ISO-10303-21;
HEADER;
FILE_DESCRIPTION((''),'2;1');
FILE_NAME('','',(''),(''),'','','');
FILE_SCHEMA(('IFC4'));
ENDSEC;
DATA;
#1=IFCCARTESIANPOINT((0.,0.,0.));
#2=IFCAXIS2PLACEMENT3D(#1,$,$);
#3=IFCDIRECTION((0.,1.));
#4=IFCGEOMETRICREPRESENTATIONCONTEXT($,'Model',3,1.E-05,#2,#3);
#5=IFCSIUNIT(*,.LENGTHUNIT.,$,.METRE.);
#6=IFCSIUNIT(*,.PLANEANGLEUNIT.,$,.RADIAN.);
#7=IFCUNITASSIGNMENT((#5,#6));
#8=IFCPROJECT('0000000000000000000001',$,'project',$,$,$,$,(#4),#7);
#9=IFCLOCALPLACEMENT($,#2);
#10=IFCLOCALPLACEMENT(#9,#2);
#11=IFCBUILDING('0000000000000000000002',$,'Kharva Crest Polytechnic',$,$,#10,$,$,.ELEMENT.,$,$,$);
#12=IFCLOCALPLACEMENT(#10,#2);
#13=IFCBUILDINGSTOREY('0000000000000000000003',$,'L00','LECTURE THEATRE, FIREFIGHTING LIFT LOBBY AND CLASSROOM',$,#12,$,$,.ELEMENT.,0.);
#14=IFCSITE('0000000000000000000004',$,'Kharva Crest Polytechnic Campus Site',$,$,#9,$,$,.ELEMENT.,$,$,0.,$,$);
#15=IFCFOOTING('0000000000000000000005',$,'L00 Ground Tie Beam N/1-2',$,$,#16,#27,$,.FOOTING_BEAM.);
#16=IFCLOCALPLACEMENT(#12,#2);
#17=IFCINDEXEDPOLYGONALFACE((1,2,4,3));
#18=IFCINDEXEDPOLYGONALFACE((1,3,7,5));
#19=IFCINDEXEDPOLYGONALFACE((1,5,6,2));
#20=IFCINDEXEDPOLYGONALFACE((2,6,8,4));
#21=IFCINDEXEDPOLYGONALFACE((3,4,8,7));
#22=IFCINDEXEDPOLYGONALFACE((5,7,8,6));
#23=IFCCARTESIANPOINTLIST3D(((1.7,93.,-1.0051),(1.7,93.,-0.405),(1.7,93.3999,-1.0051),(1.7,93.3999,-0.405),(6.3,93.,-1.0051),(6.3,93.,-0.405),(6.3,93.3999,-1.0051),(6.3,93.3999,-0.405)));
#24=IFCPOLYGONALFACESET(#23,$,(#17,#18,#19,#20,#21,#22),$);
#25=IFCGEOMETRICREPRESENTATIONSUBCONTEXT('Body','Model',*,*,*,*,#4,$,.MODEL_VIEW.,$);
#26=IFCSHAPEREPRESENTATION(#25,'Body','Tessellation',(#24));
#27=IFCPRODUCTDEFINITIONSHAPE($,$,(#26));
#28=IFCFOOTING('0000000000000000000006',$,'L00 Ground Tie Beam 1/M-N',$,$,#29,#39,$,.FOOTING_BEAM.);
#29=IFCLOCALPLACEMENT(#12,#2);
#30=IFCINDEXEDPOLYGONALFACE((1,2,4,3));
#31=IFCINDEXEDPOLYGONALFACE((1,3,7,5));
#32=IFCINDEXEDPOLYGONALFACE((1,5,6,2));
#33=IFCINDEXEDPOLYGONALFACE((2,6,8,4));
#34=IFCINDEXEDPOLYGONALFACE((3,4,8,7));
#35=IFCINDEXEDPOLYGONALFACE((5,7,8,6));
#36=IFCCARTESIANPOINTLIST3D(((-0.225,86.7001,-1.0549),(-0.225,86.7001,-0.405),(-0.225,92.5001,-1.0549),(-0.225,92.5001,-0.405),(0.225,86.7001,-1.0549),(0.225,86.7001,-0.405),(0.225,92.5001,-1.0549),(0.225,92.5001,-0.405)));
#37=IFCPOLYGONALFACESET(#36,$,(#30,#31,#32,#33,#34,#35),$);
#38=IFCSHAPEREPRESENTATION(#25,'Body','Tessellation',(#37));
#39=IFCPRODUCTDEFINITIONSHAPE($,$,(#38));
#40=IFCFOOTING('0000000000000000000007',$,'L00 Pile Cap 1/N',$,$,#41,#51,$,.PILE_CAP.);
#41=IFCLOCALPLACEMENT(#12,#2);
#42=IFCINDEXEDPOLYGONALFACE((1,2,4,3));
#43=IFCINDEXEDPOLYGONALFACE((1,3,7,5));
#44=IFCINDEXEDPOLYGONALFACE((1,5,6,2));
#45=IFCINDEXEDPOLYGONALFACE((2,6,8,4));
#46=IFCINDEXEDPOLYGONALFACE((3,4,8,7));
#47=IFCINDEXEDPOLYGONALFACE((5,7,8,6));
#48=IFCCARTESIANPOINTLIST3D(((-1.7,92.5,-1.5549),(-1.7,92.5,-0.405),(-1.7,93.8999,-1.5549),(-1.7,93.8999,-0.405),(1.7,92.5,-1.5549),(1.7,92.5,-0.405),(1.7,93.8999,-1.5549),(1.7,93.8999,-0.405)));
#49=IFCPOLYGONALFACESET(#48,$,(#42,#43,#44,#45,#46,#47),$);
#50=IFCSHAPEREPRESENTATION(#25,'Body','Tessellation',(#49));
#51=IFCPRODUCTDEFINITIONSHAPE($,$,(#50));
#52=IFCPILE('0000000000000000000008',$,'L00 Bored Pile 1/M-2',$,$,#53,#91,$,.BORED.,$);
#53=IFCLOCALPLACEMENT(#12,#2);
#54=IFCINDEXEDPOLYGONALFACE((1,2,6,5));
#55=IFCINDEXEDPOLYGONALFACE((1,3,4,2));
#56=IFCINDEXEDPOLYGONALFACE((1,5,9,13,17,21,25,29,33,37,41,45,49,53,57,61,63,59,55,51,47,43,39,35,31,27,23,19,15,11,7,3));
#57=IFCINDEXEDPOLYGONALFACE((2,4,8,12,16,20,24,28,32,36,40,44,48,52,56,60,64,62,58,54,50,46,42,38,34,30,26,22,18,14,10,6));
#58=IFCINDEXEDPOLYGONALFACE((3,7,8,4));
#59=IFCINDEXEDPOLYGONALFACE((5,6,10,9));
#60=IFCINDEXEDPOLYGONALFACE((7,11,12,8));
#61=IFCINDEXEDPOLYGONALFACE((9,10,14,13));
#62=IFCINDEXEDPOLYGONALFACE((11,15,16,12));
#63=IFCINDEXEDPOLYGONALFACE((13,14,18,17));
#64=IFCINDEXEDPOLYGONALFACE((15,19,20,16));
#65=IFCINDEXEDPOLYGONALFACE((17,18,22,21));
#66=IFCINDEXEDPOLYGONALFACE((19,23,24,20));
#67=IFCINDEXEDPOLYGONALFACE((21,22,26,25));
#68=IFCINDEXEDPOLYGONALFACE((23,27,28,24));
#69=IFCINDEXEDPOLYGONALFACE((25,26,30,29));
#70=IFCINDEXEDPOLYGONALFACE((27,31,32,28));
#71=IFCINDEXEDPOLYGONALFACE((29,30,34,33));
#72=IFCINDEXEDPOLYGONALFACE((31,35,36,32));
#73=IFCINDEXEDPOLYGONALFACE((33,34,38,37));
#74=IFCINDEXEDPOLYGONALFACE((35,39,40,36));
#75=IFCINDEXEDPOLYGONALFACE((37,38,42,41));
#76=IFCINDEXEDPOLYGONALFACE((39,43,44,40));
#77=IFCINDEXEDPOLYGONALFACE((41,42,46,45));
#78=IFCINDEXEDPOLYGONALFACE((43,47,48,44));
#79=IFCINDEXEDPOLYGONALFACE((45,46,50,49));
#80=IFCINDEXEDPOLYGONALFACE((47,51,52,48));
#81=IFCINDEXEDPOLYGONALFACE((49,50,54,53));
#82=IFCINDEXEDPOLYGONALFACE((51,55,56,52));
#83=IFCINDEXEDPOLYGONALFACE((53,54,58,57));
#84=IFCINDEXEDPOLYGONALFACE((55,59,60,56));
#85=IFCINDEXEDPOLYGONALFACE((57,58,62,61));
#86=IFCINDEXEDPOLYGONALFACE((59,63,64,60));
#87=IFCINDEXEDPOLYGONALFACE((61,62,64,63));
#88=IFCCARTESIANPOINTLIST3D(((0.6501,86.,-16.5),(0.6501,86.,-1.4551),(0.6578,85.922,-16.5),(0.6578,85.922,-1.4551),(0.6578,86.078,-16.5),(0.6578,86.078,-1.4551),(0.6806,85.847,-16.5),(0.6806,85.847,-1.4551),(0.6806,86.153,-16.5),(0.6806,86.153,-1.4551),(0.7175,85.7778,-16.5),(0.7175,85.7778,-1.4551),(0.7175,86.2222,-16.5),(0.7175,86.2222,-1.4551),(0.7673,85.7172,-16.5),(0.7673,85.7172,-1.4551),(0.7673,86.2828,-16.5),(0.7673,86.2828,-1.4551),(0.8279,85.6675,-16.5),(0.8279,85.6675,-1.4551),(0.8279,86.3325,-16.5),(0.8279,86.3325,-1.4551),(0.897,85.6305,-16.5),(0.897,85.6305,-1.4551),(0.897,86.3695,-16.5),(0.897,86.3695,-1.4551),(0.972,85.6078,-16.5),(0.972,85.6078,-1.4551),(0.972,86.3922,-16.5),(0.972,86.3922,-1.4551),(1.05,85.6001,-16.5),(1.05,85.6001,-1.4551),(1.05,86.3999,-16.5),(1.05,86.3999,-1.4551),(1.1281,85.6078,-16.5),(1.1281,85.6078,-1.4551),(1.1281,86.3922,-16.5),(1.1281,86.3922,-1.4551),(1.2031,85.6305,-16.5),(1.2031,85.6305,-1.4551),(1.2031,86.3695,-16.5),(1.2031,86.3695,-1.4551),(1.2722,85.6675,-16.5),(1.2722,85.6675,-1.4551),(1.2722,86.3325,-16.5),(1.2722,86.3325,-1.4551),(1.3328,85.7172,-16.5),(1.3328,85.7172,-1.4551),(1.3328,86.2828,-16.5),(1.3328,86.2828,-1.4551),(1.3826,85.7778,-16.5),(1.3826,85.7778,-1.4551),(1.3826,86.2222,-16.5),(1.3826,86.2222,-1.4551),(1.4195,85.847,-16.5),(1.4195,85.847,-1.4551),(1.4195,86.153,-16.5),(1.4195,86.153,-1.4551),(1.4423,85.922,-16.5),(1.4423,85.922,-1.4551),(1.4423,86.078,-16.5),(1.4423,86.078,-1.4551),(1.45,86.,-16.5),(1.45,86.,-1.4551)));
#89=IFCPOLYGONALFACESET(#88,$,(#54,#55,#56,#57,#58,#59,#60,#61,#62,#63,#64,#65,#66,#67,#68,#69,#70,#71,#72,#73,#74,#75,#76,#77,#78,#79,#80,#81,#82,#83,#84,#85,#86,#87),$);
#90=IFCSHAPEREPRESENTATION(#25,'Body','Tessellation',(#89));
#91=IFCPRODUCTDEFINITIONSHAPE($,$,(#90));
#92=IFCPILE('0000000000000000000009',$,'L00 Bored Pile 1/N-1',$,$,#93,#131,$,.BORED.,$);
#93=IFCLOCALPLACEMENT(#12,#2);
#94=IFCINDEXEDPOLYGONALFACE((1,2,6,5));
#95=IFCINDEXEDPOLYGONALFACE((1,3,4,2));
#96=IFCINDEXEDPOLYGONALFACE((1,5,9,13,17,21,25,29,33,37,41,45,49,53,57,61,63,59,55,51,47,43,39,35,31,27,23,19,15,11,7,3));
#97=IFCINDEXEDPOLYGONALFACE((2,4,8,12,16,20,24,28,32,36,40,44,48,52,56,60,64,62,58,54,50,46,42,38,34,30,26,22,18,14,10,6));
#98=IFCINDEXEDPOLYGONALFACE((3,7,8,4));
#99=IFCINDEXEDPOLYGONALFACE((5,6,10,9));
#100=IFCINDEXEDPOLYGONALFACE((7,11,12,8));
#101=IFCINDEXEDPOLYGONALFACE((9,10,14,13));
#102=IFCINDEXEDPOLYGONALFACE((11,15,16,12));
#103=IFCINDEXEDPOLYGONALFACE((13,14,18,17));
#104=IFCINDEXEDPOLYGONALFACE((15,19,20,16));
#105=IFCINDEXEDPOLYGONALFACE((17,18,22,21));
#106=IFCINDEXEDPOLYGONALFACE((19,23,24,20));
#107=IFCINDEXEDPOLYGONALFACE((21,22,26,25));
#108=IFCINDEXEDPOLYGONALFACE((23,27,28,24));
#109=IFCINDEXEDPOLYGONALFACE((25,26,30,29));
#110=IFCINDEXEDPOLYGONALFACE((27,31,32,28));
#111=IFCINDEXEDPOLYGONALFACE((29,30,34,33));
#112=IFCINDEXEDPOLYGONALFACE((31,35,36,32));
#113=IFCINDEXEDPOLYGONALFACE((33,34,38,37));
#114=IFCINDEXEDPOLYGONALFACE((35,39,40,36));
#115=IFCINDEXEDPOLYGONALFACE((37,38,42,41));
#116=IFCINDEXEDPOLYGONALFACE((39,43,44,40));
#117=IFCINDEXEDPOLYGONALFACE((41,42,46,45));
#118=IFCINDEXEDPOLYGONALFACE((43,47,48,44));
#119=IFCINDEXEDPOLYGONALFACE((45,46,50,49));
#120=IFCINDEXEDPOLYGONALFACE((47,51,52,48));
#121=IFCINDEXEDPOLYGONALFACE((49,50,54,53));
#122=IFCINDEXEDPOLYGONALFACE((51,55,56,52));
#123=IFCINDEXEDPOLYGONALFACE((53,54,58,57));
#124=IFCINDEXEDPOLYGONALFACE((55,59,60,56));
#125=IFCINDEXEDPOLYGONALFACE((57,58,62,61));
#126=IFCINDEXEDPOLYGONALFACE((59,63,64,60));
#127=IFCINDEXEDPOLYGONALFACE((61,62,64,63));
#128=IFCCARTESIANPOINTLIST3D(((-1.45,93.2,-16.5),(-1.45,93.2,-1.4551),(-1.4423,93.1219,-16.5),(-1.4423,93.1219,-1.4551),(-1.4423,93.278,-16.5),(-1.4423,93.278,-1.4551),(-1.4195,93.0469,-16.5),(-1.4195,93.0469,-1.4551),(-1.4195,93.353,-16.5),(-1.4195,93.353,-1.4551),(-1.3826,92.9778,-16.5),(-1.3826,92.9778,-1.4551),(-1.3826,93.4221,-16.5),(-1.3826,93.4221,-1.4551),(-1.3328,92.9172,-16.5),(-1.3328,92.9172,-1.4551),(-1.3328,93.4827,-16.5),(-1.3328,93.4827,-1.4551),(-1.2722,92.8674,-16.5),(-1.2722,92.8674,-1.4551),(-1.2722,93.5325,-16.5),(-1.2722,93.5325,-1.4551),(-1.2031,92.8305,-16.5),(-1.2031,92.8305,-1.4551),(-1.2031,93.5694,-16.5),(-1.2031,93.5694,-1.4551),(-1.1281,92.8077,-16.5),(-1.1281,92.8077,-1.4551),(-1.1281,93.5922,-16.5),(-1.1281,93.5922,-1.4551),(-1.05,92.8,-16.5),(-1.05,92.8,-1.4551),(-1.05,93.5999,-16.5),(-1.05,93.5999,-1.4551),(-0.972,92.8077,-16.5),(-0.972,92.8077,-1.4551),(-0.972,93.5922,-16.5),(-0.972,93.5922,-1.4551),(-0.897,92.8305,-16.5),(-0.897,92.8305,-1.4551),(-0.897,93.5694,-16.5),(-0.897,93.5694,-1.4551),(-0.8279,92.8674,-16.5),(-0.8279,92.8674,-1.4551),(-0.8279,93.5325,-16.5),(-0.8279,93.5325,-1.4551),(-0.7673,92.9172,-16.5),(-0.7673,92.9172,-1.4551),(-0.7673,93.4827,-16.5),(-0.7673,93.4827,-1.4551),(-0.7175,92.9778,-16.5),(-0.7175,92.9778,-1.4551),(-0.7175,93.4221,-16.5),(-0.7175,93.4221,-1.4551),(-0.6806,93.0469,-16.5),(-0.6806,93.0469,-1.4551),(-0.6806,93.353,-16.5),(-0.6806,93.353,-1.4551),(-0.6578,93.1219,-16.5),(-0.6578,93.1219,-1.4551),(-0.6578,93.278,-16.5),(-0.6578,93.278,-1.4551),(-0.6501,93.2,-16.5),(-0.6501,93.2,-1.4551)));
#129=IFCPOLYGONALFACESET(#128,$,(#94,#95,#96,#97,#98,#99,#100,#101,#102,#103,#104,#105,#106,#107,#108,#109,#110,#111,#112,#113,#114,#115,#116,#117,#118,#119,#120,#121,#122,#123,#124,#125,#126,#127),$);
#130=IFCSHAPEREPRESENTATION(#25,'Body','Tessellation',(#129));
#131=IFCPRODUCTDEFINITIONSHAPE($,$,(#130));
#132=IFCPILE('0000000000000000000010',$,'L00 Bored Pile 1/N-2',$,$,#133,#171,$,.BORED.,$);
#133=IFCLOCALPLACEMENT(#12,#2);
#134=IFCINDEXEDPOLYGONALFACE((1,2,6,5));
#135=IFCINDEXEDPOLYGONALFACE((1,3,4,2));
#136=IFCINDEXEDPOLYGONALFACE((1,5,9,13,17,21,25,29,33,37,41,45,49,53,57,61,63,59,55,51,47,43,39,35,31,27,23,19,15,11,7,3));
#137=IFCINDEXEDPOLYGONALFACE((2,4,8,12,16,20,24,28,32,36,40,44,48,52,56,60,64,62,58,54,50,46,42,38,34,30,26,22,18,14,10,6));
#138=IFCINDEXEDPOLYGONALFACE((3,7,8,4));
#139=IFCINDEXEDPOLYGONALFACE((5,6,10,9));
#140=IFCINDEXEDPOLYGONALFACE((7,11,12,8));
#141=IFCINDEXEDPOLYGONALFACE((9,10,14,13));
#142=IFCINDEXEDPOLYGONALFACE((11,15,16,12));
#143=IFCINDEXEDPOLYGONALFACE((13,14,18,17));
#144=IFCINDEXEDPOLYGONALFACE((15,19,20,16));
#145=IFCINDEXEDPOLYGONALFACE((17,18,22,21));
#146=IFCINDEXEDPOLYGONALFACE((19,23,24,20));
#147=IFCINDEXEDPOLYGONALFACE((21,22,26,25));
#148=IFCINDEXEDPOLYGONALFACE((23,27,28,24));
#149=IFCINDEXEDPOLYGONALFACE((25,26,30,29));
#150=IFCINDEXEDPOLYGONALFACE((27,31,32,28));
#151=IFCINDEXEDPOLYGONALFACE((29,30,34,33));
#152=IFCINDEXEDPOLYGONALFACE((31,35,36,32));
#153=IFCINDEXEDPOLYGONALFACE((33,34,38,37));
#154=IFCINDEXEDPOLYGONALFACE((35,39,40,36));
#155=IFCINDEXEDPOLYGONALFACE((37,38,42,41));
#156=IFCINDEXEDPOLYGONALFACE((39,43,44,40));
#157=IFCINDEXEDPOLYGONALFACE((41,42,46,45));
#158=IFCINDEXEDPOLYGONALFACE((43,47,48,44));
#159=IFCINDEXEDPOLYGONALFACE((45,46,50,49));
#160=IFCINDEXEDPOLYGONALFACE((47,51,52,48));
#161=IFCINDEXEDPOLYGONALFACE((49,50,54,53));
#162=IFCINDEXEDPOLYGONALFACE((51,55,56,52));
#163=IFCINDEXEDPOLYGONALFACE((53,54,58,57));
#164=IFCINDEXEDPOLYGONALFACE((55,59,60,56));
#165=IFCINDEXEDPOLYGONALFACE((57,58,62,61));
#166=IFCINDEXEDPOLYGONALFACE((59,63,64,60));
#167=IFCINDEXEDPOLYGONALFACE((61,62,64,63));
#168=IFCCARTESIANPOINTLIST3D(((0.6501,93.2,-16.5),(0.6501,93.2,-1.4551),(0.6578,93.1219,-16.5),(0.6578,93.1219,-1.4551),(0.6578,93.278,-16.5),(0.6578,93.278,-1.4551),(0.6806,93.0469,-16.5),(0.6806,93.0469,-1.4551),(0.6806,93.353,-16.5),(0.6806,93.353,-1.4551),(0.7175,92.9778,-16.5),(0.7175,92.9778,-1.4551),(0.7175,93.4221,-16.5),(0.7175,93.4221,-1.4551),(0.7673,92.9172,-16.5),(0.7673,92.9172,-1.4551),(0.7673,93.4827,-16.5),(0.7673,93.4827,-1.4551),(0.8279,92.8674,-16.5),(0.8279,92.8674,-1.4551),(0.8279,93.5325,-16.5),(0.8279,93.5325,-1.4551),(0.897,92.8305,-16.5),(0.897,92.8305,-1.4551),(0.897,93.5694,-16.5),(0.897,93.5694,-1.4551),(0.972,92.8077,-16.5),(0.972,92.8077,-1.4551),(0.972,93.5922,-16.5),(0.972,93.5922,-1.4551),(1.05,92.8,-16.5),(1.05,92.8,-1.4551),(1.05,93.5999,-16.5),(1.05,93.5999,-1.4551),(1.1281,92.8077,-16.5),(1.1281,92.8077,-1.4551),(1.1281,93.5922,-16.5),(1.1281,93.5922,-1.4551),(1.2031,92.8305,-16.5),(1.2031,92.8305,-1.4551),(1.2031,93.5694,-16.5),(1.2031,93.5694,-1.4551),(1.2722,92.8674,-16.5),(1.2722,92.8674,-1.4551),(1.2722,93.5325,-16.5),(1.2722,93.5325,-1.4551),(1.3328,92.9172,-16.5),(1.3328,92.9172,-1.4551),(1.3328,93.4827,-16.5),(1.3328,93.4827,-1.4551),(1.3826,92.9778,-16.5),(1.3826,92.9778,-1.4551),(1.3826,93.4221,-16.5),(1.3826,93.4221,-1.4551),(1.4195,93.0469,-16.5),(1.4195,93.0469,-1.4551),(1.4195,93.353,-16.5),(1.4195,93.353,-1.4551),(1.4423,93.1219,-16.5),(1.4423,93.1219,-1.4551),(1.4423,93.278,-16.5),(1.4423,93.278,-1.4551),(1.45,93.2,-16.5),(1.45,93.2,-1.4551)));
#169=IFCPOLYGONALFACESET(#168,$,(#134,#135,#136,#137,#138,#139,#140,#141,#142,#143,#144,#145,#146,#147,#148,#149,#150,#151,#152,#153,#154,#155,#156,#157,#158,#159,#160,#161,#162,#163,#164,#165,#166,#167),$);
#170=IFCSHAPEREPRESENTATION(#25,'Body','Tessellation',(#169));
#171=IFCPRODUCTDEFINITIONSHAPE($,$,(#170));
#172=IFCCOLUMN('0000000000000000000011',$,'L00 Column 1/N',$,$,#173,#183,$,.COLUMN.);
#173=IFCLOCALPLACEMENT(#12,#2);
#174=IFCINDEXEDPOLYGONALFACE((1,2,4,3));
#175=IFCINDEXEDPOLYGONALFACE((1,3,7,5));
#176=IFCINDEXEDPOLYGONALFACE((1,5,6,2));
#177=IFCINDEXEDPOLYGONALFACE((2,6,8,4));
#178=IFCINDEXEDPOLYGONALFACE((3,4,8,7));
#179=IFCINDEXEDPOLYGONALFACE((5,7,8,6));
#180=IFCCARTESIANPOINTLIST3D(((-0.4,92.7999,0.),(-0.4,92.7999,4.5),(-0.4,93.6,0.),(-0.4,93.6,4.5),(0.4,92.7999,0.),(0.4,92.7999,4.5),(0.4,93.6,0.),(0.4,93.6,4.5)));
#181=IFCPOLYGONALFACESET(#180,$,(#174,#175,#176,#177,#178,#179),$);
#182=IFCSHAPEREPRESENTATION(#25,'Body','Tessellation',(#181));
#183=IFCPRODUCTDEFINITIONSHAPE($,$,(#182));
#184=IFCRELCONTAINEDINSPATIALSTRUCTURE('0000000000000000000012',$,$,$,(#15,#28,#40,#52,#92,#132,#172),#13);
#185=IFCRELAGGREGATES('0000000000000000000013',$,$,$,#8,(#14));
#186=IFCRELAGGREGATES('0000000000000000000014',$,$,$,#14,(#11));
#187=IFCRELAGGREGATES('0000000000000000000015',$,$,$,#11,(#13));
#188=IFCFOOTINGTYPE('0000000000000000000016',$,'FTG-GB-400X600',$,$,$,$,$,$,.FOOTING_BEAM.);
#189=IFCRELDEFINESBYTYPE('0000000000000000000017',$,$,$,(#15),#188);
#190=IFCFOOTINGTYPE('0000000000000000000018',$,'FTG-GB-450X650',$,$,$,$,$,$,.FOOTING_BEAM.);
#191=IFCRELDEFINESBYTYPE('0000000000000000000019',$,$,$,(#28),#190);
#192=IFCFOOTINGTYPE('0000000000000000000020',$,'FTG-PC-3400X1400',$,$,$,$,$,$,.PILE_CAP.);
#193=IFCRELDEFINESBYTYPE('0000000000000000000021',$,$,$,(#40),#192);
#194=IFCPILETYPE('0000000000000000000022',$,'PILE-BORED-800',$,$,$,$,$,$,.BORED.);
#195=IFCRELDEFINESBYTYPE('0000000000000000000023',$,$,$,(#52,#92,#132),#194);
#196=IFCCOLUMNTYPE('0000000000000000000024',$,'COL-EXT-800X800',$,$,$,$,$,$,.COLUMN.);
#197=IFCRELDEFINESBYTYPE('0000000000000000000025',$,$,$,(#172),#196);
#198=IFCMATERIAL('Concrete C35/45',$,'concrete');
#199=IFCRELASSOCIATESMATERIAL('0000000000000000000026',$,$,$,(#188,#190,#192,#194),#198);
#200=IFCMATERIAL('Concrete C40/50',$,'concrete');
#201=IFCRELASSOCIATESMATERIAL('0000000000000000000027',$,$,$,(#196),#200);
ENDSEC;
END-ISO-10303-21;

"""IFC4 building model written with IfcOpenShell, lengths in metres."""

from ifc_helpers import new_model, si_unit, direction, frame, origin, origin_2d, place, context, subcontext, project, spatial, rectangle, circle, extrude, material, material_profile, profile_set, type_object, element, save


model = new_model("IFC4")

# Units and contexts
model_context = context("Model", 3, precision=1e-05, world=origin(), true_north=direction((0.0, 1.0)))
body_context = subcontext(model_context, "Body", "Model", "MODEL_VIEW")
ifc_project = project(units=[si_unit("LENGTHUNIT", "METRE"), si_unit("PLANEANGLEUNIT", "RADIAN")], contexts=[model_context])

# Site, building, storey
site_placement = place(None, origin())
site = spatial("IfcSite", under=ifc_project, at=site_placement, Name="Kharva Crest Polytechnic Campus Site", CompositionType="ELEMENT", RefElevation=0.0)
building_placement = place(site_placement, origin())
building = spatial("IfcBuilding", under=site, at=building_placement, Name="Kharva Crest Polytechnic", CompositionType="ELEMENT")
storey_placement = place(building_placement, origin())
storey = spatial("IfcBuildingStorey", under=building, at=storey_placement, Name="L00", Description="LECTURE THEATRE, FIREFIGHTING LIFT LOBBY AND CLASSROOM", CompositionType="ELEMENT", Elevation=0.0)

# Footings
ifc_material_1 = material(Name="Concrete C35/45", Category="concrete")
footing_type_1 = type_object("IfcFootingType", Name="FTG-GB-400X600", PredefinedType="FOOTING_BEAM", material=ifc_material_1)
footing_1_placement = place(storey_placement, frame((4.0, 93.2, -1.0051), z_axis=(0.0, 0.0, 1.0), x_axis=(1.0, 0.0, 0.0)))
element("IfcFooting", 1, at=footing_1_placement, inside=storey, type_object=footing_type_1, Name="L00 Ground Tie Beam N/1-2", PredefinedType="FOOTING_BEAM", context=body_context, shape_type="SweptSolid", body=[
    extrude(rectangle(XDim=4.6001, YDim=0.3999, at=origin_2d()), origin(), (0.0, 0.0, 1.0), 0.6001),
])
footing_type_2 = type_object("IfcFootingType", Name="FTG-GB-450X650", PredefinedType="FOOTING_BEAM", material=ifc_material_1)
footing_2_placement = place(storey_placement, frame((0.0, 89.6001, -1.0549), z_axis=(0.0, 0.0, 1.0), x_axis=(0.0, 1.0, 0.0)))
element("IfcFooting", 2, at=footing_2_placement, inside=storey, type_object=footing_type_2, Name="L00 Ground Tie Beam 1/M-N", PredefinedType="FOOTING_BEAM", context=body_context, shape_type="SweptSolid", body=[
    extrude(rectangle(XDim=5.8, YDim=0.45, at=origin_2d()), origin(), (0.0, 0.0, 1.0), 0.6499),
])
footing_type_3 = type_object("IfcFootingType", Name="FTG-PC-3400X1400", PredefinedType="PILE_CAP", material=ifc_material_1)
footing_3_placement = place(storey_placement, frame((0.0, 93.2, -1.5549), z_axis=(0.0, 0.0, 1.0), x_axis=(1.0, 0.0, 0.0)))
element("IfcFooting", 3, at=footing_3_placement, inside=storey, type_object=footing_type_3, Name="L00 Pile Cap 1/N", PredefinedType="PILE_CAP", context=body_context, shape_type="SweptSolid", body=[
    extrude(rectangle(XDim=3.3999, YDim=1.3999, at=origin_2d()), origin(), (0.0, 0.0, 1.0), 1.1499),
])

# Piles
ifc_material_profile_1 = material_profile(ifc_material_1, circle(Radius=0.3999, at=origin_2d()), Name="DIA 800")
ifc_profile_set_1 = profile_set([ifc_material_profile_1], Name="Concrete C35/45")
pile_type = type_object("IfcPileType", Name="PILE-BORED-800", PredefinedType="BORED", material=ifc_profile_set_1)
for number, where, z_axis, x_axis, name in (
    (4, (1.05, 86.0, -1.4551), (0.0, 0.0, -1.0), (1.0, 0.0, 0.0), "L00 Bored Pile 1/M-2"),
    (5, (-1.05, 93.2, -1.4551), (0.0, 0.0, -1.0), (1.0, 0.0, 0.0), "L00 Bored Pile 1/N-1"),
    (6, (1.05, 93.2, -1.4551), (0.0, 0.0, -1.0), (1.0, 0.0, 0.0), "L00 Bored Pile 1/N-2"),
):
    element("IfcPile", number, at=place(storey_placement, frame(where, z_axis=z_axis, x_axis=x_axis)), inside=storey, type_object=pile_type, Name=name, PredefinedType="BORED", context=body_context, shape_type="SweptSolid", body=[
        extrude(circle(Radius=0.3999, at=origin_2d()), origin(), (0.0, 0.0, 1.0), 15.0449),
    ])

# Column
ifc_material_2 = material(Name="Concrete C40/50", Category="concrete")
ifc_material_profile_2 = material_profile(ifc_material_2, rectangle(XDim=0.8, YDim=0.8, at=origin_2d()), Name="RECT 800 X 800")
ifc_profile_set_2 = profile_set([ifc_material_profile_2], Name="Concrete C40/50")
column_type_1 = type_object("IfcColumnType", Name="COL-EXT-800X800", PredefinedType="COLUMN", material=ifc_profile_set_2)
column_placement = place(storey_placement, frame((0.0, 93.2, 0.0), z_axis=(0.0, 0.0, 1.0), x_axis=(1.0, 0.0, 0.0)))
element("IfcColumn", 7, at=column_placement, inside=storey, type_object=column_type_1, Name="L00 Column 1/N", PredefinedType="COLUMN", context=body_context, shape_type="SweptSolid", body=[
    extrude(rectangle(XDim=0.8, YDim=0.8, at=origin_2d()), origin(), (0.0, 0.0, 1.0), 4.5),
])

save(model, "model.ifc")
